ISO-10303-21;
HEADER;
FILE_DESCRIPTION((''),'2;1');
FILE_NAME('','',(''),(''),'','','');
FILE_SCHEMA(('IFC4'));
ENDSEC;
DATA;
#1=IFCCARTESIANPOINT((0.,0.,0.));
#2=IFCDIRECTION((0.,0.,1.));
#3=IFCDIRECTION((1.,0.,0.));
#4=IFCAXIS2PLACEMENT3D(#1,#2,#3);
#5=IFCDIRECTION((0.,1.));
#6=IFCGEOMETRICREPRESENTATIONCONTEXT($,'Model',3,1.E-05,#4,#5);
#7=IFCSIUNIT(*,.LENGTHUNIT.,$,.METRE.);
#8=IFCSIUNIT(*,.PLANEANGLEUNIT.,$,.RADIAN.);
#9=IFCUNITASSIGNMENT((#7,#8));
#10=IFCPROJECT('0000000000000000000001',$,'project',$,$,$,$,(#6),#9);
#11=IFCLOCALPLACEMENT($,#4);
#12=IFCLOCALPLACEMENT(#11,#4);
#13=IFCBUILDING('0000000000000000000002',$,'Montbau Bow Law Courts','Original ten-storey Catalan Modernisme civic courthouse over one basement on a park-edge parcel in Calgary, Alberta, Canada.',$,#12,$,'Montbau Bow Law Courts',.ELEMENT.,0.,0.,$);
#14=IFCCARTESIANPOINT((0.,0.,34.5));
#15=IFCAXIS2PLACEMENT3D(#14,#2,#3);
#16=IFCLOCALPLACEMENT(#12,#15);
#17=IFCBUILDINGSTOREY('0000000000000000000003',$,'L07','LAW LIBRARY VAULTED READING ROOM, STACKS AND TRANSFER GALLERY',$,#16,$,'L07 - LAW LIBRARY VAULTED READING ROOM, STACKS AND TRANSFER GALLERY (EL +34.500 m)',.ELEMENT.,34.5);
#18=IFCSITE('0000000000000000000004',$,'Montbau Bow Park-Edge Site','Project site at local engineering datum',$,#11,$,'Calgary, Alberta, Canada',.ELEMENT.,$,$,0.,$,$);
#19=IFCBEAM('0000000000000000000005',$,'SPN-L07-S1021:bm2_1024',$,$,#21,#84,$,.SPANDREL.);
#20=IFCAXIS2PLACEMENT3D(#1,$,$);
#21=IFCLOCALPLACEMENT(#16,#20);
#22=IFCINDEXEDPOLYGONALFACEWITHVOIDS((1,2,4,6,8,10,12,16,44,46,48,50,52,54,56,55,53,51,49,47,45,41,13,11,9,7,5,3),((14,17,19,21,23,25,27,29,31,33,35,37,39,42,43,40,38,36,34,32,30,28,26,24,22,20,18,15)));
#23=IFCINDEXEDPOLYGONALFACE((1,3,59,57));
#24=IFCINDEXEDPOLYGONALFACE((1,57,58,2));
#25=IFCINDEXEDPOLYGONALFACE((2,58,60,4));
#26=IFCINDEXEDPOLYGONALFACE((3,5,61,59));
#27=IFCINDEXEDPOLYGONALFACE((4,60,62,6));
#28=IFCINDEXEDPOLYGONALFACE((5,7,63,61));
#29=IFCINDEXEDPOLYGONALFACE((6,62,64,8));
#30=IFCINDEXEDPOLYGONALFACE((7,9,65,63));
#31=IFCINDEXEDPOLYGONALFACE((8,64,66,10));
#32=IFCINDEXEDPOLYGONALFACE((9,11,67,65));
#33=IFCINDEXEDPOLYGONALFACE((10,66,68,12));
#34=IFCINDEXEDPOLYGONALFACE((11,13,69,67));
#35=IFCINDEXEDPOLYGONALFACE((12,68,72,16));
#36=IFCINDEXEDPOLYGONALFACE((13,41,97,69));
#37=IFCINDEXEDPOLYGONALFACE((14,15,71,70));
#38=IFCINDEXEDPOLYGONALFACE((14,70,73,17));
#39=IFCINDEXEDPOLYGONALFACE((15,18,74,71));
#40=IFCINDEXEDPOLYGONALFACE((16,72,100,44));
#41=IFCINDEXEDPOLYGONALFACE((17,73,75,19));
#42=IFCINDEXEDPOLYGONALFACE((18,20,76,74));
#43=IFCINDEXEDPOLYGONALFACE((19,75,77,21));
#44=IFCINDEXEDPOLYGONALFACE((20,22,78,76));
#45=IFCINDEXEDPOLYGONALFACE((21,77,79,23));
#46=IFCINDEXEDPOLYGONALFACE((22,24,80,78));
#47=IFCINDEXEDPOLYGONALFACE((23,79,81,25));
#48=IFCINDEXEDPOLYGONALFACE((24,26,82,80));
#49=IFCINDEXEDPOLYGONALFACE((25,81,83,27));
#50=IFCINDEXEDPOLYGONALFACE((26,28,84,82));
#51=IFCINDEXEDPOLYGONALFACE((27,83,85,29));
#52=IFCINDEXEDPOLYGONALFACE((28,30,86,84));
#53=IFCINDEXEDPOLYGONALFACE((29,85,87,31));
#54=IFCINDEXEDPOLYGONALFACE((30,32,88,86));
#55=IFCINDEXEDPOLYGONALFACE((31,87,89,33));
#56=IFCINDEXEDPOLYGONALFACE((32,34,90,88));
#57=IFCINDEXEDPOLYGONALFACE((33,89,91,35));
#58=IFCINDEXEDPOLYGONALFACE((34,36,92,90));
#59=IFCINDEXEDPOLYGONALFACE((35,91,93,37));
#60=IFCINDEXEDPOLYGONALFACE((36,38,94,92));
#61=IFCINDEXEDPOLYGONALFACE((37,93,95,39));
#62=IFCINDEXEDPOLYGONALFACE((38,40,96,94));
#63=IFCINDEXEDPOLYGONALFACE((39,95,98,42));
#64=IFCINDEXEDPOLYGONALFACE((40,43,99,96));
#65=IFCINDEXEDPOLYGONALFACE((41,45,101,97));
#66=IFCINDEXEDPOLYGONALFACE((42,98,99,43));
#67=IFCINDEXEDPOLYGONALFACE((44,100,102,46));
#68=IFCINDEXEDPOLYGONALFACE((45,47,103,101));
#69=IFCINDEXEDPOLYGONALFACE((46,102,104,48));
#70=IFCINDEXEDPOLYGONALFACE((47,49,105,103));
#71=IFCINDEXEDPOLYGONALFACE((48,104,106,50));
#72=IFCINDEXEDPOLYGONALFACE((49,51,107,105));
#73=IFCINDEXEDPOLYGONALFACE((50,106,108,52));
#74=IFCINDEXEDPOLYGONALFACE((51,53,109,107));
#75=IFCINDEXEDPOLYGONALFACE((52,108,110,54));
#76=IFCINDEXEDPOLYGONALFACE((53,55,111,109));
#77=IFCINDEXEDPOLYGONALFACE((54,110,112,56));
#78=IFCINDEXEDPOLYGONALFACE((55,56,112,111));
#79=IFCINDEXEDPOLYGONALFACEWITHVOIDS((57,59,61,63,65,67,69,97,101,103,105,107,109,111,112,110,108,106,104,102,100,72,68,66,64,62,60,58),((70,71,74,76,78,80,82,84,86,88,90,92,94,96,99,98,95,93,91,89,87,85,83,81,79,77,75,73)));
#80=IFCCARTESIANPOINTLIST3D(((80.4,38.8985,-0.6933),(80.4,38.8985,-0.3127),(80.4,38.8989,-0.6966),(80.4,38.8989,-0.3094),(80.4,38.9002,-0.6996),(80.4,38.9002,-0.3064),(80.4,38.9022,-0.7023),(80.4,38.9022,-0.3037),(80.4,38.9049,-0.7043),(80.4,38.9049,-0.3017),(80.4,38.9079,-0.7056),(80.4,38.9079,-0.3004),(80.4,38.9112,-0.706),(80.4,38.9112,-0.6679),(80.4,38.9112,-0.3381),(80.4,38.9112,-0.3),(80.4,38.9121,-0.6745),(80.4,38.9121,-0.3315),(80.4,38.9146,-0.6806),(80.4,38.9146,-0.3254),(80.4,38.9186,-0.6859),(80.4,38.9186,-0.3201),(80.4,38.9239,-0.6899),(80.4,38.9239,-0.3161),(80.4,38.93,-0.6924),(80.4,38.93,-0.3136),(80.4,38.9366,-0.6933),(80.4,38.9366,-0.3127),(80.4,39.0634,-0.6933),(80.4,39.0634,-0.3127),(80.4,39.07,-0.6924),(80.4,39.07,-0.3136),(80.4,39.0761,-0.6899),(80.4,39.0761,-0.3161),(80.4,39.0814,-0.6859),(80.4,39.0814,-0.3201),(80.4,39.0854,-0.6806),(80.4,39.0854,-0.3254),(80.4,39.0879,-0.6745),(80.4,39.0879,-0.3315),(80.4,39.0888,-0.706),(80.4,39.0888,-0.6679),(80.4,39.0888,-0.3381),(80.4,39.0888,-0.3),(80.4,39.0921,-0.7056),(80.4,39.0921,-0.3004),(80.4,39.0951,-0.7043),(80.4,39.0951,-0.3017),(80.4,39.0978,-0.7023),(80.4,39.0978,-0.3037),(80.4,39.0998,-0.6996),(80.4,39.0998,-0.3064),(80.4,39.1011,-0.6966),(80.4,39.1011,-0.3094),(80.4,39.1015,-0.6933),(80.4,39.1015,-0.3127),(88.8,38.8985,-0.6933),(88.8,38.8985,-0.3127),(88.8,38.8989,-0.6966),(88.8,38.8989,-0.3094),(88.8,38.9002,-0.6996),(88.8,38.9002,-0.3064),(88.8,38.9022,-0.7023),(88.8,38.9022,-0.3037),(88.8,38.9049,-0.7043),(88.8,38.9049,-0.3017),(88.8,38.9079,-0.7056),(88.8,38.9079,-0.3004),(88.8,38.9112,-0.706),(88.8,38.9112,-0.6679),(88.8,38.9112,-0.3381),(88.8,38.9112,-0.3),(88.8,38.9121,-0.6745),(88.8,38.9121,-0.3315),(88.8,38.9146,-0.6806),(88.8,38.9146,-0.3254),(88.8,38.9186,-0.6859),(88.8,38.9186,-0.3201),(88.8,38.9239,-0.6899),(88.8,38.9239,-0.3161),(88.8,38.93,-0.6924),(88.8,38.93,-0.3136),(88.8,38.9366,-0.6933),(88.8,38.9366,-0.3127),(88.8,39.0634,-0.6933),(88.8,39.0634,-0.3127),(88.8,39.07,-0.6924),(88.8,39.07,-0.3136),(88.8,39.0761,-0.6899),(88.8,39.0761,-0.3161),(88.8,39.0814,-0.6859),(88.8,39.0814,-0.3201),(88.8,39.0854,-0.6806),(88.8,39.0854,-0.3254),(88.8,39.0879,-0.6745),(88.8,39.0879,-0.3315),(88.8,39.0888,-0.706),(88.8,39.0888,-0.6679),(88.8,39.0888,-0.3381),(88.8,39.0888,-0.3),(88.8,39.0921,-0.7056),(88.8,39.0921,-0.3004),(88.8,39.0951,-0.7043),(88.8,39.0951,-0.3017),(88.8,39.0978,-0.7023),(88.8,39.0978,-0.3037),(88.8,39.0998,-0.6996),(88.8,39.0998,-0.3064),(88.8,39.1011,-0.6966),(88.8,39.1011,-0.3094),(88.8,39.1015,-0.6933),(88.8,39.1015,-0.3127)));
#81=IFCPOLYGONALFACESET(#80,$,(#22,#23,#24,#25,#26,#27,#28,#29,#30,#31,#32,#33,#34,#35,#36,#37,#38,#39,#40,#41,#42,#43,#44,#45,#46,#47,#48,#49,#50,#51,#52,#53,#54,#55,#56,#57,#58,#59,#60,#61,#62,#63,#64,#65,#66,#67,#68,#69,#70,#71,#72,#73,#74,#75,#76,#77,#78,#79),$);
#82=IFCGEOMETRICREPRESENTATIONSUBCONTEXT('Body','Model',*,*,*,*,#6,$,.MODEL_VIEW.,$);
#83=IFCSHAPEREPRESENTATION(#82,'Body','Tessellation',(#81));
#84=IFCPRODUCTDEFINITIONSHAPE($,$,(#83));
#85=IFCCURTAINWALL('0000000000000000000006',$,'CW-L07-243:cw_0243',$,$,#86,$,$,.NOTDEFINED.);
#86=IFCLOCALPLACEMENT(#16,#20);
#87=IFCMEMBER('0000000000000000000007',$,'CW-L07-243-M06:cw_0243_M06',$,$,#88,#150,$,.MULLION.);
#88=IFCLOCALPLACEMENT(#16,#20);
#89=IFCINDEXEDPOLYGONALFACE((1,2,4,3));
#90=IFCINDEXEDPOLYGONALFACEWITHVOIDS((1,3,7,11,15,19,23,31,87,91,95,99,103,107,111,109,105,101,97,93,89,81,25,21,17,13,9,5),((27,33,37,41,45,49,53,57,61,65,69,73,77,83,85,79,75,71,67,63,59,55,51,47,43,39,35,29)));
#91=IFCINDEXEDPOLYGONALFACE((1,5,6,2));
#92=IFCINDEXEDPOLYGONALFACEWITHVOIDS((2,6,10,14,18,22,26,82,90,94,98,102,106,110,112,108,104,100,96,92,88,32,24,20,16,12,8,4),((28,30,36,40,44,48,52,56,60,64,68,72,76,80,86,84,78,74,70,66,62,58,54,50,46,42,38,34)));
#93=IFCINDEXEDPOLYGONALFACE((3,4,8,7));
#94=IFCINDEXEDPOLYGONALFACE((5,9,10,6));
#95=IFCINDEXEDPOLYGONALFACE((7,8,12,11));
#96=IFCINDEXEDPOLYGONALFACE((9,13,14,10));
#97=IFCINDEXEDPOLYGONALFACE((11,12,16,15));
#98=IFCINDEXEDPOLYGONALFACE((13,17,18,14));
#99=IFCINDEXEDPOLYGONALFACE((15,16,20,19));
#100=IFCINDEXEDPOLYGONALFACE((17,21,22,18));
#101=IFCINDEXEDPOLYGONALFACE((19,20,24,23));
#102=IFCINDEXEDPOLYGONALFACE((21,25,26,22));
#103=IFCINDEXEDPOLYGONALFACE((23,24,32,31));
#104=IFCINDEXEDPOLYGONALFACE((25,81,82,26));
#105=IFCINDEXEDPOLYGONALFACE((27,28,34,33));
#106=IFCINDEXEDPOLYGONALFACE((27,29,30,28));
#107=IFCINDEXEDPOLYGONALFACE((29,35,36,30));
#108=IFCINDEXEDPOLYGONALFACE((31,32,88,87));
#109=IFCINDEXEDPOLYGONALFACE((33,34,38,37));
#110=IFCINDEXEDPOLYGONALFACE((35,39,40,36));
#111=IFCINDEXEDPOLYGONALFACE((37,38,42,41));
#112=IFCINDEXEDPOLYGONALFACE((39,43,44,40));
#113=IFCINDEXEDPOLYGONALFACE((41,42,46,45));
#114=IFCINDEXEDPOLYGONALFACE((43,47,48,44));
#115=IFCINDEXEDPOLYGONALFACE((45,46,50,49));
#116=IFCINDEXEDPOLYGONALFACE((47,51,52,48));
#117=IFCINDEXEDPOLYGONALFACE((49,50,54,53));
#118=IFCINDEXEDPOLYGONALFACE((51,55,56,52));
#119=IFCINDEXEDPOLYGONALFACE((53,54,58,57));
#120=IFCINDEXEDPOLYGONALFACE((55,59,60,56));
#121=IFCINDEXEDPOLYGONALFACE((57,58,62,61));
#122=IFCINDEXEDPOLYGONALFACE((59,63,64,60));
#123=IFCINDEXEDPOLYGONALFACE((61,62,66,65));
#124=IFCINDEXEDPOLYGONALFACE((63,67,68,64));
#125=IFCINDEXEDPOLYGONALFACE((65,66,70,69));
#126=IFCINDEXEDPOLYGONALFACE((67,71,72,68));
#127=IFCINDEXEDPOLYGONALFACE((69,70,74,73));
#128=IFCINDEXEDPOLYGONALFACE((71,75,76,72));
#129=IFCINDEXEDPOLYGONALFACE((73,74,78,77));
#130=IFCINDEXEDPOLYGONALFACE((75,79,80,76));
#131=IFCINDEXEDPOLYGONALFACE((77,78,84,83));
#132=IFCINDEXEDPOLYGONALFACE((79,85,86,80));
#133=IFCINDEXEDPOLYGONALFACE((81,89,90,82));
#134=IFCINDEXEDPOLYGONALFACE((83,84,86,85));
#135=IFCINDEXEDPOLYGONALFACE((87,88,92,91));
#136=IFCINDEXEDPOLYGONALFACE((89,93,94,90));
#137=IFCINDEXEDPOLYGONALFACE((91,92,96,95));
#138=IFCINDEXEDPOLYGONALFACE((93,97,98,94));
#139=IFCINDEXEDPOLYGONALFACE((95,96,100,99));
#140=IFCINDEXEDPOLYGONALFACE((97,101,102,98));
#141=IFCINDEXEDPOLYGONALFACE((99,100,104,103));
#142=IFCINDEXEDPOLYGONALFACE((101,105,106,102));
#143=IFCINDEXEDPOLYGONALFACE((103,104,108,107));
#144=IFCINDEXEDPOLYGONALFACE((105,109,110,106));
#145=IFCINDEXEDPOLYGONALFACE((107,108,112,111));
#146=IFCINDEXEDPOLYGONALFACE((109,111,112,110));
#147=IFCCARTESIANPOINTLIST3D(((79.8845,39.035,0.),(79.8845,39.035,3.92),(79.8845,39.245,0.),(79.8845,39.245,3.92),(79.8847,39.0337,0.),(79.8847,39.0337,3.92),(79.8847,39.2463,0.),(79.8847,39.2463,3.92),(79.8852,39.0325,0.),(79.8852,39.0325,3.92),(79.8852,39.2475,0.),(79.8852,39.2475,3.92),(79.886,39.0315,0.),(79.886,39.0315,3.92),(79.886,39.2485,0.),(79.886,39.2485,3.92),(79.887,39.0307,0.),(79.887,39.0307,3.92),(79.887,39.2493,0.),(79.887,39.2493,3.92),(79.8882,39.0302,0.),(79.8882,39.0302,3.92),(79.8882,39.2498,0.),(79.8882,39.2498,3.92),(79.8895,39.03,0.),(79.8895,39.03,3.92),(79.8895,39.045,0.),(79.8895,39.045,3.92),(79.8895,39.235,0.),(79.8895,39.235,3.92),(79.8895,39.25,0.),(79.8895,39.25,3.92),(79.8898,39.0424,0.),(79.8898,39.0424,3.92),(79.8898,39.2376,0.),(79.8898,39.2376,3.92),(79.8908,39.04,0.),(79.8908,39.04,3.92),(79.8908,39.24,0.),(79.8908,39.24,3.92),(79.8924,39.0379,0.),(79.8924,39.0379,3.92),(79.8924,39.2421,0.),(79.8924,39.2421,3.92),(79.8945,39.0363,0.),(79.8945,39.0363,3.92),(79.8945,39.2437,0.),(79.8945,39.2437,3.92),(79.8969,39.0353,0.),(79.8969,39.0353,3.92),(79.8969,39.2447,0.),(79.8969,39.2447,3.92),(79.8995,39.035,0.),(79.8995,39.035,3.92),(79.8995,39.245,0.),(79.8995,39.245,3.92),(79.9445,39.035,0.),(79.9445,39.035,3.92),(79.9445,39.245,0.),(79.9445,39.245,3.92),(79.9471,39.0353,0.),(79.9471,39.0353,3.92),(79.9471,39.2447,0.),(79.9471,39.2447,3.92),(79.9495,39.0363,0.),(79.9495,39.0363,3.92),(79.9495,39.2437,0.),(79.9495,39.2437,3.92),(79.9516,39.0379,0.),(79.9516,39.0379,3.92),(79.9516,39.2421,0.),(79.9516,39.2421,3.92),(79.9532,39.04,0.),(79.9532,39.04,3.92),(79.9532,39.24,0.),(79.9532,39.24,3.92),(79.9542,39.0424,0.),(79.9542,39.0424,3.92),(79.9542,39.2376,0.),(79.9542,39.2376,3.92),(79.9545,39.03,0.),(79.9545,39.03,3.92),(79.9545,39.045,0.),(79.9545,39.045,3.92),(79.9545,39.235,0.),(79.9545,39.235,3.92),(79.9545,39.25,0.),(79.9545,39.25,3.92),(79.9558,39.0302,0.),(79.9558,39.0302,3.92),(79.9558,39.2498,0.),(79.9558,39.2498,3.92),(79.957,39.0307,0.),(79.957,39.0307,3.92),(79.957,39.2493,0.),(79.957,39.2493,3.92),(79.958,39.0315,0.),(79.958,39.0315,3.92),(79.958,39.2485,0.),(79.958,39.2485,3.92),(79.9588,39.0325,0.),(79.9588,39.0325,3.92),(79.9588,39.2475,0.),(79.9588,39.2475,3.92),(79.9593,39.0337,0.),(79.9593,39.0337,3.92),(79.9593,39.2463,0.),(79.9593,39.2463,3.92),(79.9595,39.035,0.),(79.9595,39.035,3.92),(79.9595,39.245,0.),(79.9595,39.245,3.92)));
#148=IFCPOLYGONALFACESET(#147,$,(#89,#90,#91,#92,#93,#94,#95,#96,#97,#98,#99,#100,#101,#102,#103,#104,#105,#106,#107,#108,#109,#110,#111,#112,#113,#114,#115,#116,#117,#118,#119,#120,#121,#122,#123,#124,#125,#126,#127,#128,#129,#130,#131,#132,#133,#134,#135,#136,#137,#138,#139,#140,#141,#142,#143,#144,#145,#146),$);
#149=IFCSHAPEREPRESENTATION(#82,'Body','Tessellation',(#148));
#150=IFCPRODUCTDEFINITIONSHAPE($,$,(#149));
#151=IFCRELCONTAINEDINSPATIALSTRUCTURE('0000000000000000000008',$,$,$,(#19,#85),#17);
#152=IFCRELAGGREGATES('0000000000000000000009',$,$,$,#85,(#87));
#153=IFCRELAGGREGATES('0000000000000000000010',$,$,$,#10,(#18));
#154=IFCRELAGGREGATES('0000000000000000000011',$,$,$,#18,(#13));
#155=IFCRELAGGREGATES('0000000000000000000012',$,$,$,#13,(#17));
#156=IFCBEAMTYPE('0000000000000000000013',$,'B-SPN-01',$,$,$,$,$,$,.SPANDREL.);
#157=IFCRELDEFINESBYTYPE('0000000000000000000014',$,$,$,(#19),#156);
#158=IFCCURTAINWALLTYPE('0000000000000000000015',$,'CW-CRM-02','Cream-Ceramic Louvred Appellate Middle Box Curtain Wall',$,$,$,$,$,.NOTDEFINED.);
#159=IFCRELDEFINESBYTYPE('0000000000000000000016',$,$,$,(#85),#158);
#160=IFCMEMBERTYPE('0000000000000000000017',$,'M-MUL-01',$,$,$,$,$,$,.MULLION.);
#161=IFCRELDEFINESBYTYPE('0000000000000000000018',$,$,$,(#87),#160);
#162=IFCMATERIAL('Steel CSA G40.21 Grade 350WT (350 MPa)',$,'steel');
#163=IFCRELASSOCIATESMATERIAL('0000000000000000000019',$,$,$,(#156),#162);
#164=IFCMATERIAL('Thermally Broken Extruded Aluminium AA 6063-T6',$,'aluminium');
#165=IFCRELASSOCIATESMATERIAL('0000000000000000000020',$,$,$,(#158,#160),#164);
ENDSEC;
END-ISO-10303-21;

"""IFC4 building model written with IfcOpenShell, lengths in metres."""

from ifc_helpers import new_model, si_unit, direction, frame, origin_with_axes, origin_2d_with_axis, place, context, subcontext, project, spatial, hollow_rectangle, extrude, material, material_profile, profile_set, type_object, element, aggregate, save


model = new_model("IFC4")

# Units and contexts
model_context = context("Model", 3, precision=1e-05, world=origin_with_axes(), true_north=direction((0.0, 1.0)))
body_context = subcontext(model_context, "Body", "Model", "MODEL_VIEW")
ifc_project = project(units=[si_unit("LENGTHUNIT", "METRE"), si_unit("PLANEANGLEUNIT", "RADIAN")], contexts=[model_context])

# Site, building, storey
site_placement = place(None, origin_with_axes())
site = spatial("IfcSite", under=ifc_project, at=site_placement, Name="Montbau Bow Park-Edge Site", Description="Project site at local engineering datum", LongName="Calgary, Alberta, Canada", CompositionType="ELEMENT", RefElevation=0.0)
building_placement = place(site_placement, origin_with_axes())
building = spatial("IfcBuilding", under=site, at=building_placement, Name="Montbau Bow Law Courts", Description="Original ten-storey Catalan Modernisme civic courthouse over one basement on a park-edge parcel in Calgary, Alberta, Canada.", LongName="Montbau Bow Law Courts", CompositionType="ELEMENT", ElevationOfRefHeight=0.0, ElevationOfTerrain=0.0)
storey_placement = place(building_placement, frame((0.0, 0.0, 34.5), z_axis=(0.0, 0.0, 1.0), x_axis=(1.0, 0.0, 0.0)))
storey = spatial("IfcBuildingStorey", under=building, at=storey_placement, Name="L07", Description="LAW LIBRARY VAULTED READING ROOM, STACKS AND TRANSFER GALLERY", LongName="L07 - LAW LIBRARY VAULTED READING ROOM, STACKS AND TRANSFER GALLERY (EL +34.500 m)", CompositionType="ELEMENT", Elevation=34.5)

# Beam
ifc_material_1 = material(Name="Steel CSA G40.21 Grade 350WT (350 MPa)", Category="steel")
ifc_material_profile_1 = material_profile(ifc_material_1, hollow_rectangle(XDim=0.203, YDim=0.406, WallThickness=0.0127, InnerFilletRadius=0.0254, OuterFilletRadius=0.0127, at=origin_2d_with_axis()), Name="HSS406X203X13", Category="Main", Priority=0)
ifc_profile_set_1 = profile_set([ifc_material_profile_1], Name="Steel CSA G40.21 Grade 350WT (350 MPa)")
beam_type_1 = type_object("IfcBeamType", Name="B-SPN-01", PredefinedType="SPANDREL", material=ifc_profile_set_1)
beam_1_placement = place(None, frame((80.4, 39.0, 33.997), z_axis=(1.0, 0.0, 0.0), x_axis=(0.0, 1.0, 0.0)))
element("IfcBeam", 1, at=beam_1_placement, inside=storey, type_object=beam_type_1, Name="SPN-L07-S1021:bm2_1024", PredefinedType="SPANDREL", context=body_context, shape_type="SweptSolid", body=[
    extrude(hollow_rectangle(XDim=0.203, YDim=0.406, WallThickness=0.0127, InnerFilletRadius=0.0254, OuterFilletRadius=0.0127, at=origin_2d_with_axis()), origin_with_axes(), (0.0, 0.0, 1.0), 8.4),
])

# Curtain wall, member
ifc_material_2 = material(Name="Thermally Broken Extruded Aluminium AA 6063-T6", Category="aluminium")
curtain_wall_type = type_object("IfcCurtainWallType", Name="CW-CRM-02", Description="Cream-Ceramic Louvred Appellate Middle Box Curtain Wall", PredefinedType="NOTDEFINED", material=ifc_material_2)
curtain_wall_1_placement = place(None, frame((72.44, 39.14, 34.5), z_axis=(0.0, 0.0, 1.0), x_axis=(1.0, 0.0, 0.0)))
curtain_wall_1 = element("IfcCurtainWall", 2, at=curtain_wall_1_placement, inside=storey, type_object=curtain_wall_type, Name="CW-L07-243:cw_0243", PredefinedType="NOTDEFINED")
ifc_material_profile_2 = material_profile(ifc_material_2, hollow_rectangle(XDim=0.075, YDim=0.22, WallThickness=0.005, InnerFilletRadius=0.01, OuterFilletRadius=0.005, at=origin_2d_with_axis()), Name="CWM-220X75", Category="Main", Priority=0)
ifc_profile_set_2 = profile_set([ifc_material_profile_2], Name="Thermally Broken Extruded Aluminium AA 6063-T6")
member_type_1 = type_object("IfcMemberType", Name="M-MUL-01", PredefinedType="MULLION", material=ifc_profile_set_2)
member_1_placement = place(None, frame((79.922, 39.14, 34.5), z_axis=(0.0, 0.0, 1.0), x_axis=(1.0, 0.0, 0.0)))
member_1 = element("IfcMember", 3, at=member_1_placement, type_object=member_type_1, Name="CW-L07-243-M06:cw_0243_M06", PredefinedType="MULLION", context=body_context, shape_type="SweptSolid", body=[
    extrude(hollow_rectangle(XDim=0.075, YDim=0.22, WallThickness=0.005, InnerFilletRadius=0.01, OuterFilletRadius=0.005, at=origin_2d_with_axis()), origin_with_axes(), (0.0, 0.0, 1.0), 3.92),
])
aggregate(curtain_wall_1, [member_1])

save(model, "model.ifc")
